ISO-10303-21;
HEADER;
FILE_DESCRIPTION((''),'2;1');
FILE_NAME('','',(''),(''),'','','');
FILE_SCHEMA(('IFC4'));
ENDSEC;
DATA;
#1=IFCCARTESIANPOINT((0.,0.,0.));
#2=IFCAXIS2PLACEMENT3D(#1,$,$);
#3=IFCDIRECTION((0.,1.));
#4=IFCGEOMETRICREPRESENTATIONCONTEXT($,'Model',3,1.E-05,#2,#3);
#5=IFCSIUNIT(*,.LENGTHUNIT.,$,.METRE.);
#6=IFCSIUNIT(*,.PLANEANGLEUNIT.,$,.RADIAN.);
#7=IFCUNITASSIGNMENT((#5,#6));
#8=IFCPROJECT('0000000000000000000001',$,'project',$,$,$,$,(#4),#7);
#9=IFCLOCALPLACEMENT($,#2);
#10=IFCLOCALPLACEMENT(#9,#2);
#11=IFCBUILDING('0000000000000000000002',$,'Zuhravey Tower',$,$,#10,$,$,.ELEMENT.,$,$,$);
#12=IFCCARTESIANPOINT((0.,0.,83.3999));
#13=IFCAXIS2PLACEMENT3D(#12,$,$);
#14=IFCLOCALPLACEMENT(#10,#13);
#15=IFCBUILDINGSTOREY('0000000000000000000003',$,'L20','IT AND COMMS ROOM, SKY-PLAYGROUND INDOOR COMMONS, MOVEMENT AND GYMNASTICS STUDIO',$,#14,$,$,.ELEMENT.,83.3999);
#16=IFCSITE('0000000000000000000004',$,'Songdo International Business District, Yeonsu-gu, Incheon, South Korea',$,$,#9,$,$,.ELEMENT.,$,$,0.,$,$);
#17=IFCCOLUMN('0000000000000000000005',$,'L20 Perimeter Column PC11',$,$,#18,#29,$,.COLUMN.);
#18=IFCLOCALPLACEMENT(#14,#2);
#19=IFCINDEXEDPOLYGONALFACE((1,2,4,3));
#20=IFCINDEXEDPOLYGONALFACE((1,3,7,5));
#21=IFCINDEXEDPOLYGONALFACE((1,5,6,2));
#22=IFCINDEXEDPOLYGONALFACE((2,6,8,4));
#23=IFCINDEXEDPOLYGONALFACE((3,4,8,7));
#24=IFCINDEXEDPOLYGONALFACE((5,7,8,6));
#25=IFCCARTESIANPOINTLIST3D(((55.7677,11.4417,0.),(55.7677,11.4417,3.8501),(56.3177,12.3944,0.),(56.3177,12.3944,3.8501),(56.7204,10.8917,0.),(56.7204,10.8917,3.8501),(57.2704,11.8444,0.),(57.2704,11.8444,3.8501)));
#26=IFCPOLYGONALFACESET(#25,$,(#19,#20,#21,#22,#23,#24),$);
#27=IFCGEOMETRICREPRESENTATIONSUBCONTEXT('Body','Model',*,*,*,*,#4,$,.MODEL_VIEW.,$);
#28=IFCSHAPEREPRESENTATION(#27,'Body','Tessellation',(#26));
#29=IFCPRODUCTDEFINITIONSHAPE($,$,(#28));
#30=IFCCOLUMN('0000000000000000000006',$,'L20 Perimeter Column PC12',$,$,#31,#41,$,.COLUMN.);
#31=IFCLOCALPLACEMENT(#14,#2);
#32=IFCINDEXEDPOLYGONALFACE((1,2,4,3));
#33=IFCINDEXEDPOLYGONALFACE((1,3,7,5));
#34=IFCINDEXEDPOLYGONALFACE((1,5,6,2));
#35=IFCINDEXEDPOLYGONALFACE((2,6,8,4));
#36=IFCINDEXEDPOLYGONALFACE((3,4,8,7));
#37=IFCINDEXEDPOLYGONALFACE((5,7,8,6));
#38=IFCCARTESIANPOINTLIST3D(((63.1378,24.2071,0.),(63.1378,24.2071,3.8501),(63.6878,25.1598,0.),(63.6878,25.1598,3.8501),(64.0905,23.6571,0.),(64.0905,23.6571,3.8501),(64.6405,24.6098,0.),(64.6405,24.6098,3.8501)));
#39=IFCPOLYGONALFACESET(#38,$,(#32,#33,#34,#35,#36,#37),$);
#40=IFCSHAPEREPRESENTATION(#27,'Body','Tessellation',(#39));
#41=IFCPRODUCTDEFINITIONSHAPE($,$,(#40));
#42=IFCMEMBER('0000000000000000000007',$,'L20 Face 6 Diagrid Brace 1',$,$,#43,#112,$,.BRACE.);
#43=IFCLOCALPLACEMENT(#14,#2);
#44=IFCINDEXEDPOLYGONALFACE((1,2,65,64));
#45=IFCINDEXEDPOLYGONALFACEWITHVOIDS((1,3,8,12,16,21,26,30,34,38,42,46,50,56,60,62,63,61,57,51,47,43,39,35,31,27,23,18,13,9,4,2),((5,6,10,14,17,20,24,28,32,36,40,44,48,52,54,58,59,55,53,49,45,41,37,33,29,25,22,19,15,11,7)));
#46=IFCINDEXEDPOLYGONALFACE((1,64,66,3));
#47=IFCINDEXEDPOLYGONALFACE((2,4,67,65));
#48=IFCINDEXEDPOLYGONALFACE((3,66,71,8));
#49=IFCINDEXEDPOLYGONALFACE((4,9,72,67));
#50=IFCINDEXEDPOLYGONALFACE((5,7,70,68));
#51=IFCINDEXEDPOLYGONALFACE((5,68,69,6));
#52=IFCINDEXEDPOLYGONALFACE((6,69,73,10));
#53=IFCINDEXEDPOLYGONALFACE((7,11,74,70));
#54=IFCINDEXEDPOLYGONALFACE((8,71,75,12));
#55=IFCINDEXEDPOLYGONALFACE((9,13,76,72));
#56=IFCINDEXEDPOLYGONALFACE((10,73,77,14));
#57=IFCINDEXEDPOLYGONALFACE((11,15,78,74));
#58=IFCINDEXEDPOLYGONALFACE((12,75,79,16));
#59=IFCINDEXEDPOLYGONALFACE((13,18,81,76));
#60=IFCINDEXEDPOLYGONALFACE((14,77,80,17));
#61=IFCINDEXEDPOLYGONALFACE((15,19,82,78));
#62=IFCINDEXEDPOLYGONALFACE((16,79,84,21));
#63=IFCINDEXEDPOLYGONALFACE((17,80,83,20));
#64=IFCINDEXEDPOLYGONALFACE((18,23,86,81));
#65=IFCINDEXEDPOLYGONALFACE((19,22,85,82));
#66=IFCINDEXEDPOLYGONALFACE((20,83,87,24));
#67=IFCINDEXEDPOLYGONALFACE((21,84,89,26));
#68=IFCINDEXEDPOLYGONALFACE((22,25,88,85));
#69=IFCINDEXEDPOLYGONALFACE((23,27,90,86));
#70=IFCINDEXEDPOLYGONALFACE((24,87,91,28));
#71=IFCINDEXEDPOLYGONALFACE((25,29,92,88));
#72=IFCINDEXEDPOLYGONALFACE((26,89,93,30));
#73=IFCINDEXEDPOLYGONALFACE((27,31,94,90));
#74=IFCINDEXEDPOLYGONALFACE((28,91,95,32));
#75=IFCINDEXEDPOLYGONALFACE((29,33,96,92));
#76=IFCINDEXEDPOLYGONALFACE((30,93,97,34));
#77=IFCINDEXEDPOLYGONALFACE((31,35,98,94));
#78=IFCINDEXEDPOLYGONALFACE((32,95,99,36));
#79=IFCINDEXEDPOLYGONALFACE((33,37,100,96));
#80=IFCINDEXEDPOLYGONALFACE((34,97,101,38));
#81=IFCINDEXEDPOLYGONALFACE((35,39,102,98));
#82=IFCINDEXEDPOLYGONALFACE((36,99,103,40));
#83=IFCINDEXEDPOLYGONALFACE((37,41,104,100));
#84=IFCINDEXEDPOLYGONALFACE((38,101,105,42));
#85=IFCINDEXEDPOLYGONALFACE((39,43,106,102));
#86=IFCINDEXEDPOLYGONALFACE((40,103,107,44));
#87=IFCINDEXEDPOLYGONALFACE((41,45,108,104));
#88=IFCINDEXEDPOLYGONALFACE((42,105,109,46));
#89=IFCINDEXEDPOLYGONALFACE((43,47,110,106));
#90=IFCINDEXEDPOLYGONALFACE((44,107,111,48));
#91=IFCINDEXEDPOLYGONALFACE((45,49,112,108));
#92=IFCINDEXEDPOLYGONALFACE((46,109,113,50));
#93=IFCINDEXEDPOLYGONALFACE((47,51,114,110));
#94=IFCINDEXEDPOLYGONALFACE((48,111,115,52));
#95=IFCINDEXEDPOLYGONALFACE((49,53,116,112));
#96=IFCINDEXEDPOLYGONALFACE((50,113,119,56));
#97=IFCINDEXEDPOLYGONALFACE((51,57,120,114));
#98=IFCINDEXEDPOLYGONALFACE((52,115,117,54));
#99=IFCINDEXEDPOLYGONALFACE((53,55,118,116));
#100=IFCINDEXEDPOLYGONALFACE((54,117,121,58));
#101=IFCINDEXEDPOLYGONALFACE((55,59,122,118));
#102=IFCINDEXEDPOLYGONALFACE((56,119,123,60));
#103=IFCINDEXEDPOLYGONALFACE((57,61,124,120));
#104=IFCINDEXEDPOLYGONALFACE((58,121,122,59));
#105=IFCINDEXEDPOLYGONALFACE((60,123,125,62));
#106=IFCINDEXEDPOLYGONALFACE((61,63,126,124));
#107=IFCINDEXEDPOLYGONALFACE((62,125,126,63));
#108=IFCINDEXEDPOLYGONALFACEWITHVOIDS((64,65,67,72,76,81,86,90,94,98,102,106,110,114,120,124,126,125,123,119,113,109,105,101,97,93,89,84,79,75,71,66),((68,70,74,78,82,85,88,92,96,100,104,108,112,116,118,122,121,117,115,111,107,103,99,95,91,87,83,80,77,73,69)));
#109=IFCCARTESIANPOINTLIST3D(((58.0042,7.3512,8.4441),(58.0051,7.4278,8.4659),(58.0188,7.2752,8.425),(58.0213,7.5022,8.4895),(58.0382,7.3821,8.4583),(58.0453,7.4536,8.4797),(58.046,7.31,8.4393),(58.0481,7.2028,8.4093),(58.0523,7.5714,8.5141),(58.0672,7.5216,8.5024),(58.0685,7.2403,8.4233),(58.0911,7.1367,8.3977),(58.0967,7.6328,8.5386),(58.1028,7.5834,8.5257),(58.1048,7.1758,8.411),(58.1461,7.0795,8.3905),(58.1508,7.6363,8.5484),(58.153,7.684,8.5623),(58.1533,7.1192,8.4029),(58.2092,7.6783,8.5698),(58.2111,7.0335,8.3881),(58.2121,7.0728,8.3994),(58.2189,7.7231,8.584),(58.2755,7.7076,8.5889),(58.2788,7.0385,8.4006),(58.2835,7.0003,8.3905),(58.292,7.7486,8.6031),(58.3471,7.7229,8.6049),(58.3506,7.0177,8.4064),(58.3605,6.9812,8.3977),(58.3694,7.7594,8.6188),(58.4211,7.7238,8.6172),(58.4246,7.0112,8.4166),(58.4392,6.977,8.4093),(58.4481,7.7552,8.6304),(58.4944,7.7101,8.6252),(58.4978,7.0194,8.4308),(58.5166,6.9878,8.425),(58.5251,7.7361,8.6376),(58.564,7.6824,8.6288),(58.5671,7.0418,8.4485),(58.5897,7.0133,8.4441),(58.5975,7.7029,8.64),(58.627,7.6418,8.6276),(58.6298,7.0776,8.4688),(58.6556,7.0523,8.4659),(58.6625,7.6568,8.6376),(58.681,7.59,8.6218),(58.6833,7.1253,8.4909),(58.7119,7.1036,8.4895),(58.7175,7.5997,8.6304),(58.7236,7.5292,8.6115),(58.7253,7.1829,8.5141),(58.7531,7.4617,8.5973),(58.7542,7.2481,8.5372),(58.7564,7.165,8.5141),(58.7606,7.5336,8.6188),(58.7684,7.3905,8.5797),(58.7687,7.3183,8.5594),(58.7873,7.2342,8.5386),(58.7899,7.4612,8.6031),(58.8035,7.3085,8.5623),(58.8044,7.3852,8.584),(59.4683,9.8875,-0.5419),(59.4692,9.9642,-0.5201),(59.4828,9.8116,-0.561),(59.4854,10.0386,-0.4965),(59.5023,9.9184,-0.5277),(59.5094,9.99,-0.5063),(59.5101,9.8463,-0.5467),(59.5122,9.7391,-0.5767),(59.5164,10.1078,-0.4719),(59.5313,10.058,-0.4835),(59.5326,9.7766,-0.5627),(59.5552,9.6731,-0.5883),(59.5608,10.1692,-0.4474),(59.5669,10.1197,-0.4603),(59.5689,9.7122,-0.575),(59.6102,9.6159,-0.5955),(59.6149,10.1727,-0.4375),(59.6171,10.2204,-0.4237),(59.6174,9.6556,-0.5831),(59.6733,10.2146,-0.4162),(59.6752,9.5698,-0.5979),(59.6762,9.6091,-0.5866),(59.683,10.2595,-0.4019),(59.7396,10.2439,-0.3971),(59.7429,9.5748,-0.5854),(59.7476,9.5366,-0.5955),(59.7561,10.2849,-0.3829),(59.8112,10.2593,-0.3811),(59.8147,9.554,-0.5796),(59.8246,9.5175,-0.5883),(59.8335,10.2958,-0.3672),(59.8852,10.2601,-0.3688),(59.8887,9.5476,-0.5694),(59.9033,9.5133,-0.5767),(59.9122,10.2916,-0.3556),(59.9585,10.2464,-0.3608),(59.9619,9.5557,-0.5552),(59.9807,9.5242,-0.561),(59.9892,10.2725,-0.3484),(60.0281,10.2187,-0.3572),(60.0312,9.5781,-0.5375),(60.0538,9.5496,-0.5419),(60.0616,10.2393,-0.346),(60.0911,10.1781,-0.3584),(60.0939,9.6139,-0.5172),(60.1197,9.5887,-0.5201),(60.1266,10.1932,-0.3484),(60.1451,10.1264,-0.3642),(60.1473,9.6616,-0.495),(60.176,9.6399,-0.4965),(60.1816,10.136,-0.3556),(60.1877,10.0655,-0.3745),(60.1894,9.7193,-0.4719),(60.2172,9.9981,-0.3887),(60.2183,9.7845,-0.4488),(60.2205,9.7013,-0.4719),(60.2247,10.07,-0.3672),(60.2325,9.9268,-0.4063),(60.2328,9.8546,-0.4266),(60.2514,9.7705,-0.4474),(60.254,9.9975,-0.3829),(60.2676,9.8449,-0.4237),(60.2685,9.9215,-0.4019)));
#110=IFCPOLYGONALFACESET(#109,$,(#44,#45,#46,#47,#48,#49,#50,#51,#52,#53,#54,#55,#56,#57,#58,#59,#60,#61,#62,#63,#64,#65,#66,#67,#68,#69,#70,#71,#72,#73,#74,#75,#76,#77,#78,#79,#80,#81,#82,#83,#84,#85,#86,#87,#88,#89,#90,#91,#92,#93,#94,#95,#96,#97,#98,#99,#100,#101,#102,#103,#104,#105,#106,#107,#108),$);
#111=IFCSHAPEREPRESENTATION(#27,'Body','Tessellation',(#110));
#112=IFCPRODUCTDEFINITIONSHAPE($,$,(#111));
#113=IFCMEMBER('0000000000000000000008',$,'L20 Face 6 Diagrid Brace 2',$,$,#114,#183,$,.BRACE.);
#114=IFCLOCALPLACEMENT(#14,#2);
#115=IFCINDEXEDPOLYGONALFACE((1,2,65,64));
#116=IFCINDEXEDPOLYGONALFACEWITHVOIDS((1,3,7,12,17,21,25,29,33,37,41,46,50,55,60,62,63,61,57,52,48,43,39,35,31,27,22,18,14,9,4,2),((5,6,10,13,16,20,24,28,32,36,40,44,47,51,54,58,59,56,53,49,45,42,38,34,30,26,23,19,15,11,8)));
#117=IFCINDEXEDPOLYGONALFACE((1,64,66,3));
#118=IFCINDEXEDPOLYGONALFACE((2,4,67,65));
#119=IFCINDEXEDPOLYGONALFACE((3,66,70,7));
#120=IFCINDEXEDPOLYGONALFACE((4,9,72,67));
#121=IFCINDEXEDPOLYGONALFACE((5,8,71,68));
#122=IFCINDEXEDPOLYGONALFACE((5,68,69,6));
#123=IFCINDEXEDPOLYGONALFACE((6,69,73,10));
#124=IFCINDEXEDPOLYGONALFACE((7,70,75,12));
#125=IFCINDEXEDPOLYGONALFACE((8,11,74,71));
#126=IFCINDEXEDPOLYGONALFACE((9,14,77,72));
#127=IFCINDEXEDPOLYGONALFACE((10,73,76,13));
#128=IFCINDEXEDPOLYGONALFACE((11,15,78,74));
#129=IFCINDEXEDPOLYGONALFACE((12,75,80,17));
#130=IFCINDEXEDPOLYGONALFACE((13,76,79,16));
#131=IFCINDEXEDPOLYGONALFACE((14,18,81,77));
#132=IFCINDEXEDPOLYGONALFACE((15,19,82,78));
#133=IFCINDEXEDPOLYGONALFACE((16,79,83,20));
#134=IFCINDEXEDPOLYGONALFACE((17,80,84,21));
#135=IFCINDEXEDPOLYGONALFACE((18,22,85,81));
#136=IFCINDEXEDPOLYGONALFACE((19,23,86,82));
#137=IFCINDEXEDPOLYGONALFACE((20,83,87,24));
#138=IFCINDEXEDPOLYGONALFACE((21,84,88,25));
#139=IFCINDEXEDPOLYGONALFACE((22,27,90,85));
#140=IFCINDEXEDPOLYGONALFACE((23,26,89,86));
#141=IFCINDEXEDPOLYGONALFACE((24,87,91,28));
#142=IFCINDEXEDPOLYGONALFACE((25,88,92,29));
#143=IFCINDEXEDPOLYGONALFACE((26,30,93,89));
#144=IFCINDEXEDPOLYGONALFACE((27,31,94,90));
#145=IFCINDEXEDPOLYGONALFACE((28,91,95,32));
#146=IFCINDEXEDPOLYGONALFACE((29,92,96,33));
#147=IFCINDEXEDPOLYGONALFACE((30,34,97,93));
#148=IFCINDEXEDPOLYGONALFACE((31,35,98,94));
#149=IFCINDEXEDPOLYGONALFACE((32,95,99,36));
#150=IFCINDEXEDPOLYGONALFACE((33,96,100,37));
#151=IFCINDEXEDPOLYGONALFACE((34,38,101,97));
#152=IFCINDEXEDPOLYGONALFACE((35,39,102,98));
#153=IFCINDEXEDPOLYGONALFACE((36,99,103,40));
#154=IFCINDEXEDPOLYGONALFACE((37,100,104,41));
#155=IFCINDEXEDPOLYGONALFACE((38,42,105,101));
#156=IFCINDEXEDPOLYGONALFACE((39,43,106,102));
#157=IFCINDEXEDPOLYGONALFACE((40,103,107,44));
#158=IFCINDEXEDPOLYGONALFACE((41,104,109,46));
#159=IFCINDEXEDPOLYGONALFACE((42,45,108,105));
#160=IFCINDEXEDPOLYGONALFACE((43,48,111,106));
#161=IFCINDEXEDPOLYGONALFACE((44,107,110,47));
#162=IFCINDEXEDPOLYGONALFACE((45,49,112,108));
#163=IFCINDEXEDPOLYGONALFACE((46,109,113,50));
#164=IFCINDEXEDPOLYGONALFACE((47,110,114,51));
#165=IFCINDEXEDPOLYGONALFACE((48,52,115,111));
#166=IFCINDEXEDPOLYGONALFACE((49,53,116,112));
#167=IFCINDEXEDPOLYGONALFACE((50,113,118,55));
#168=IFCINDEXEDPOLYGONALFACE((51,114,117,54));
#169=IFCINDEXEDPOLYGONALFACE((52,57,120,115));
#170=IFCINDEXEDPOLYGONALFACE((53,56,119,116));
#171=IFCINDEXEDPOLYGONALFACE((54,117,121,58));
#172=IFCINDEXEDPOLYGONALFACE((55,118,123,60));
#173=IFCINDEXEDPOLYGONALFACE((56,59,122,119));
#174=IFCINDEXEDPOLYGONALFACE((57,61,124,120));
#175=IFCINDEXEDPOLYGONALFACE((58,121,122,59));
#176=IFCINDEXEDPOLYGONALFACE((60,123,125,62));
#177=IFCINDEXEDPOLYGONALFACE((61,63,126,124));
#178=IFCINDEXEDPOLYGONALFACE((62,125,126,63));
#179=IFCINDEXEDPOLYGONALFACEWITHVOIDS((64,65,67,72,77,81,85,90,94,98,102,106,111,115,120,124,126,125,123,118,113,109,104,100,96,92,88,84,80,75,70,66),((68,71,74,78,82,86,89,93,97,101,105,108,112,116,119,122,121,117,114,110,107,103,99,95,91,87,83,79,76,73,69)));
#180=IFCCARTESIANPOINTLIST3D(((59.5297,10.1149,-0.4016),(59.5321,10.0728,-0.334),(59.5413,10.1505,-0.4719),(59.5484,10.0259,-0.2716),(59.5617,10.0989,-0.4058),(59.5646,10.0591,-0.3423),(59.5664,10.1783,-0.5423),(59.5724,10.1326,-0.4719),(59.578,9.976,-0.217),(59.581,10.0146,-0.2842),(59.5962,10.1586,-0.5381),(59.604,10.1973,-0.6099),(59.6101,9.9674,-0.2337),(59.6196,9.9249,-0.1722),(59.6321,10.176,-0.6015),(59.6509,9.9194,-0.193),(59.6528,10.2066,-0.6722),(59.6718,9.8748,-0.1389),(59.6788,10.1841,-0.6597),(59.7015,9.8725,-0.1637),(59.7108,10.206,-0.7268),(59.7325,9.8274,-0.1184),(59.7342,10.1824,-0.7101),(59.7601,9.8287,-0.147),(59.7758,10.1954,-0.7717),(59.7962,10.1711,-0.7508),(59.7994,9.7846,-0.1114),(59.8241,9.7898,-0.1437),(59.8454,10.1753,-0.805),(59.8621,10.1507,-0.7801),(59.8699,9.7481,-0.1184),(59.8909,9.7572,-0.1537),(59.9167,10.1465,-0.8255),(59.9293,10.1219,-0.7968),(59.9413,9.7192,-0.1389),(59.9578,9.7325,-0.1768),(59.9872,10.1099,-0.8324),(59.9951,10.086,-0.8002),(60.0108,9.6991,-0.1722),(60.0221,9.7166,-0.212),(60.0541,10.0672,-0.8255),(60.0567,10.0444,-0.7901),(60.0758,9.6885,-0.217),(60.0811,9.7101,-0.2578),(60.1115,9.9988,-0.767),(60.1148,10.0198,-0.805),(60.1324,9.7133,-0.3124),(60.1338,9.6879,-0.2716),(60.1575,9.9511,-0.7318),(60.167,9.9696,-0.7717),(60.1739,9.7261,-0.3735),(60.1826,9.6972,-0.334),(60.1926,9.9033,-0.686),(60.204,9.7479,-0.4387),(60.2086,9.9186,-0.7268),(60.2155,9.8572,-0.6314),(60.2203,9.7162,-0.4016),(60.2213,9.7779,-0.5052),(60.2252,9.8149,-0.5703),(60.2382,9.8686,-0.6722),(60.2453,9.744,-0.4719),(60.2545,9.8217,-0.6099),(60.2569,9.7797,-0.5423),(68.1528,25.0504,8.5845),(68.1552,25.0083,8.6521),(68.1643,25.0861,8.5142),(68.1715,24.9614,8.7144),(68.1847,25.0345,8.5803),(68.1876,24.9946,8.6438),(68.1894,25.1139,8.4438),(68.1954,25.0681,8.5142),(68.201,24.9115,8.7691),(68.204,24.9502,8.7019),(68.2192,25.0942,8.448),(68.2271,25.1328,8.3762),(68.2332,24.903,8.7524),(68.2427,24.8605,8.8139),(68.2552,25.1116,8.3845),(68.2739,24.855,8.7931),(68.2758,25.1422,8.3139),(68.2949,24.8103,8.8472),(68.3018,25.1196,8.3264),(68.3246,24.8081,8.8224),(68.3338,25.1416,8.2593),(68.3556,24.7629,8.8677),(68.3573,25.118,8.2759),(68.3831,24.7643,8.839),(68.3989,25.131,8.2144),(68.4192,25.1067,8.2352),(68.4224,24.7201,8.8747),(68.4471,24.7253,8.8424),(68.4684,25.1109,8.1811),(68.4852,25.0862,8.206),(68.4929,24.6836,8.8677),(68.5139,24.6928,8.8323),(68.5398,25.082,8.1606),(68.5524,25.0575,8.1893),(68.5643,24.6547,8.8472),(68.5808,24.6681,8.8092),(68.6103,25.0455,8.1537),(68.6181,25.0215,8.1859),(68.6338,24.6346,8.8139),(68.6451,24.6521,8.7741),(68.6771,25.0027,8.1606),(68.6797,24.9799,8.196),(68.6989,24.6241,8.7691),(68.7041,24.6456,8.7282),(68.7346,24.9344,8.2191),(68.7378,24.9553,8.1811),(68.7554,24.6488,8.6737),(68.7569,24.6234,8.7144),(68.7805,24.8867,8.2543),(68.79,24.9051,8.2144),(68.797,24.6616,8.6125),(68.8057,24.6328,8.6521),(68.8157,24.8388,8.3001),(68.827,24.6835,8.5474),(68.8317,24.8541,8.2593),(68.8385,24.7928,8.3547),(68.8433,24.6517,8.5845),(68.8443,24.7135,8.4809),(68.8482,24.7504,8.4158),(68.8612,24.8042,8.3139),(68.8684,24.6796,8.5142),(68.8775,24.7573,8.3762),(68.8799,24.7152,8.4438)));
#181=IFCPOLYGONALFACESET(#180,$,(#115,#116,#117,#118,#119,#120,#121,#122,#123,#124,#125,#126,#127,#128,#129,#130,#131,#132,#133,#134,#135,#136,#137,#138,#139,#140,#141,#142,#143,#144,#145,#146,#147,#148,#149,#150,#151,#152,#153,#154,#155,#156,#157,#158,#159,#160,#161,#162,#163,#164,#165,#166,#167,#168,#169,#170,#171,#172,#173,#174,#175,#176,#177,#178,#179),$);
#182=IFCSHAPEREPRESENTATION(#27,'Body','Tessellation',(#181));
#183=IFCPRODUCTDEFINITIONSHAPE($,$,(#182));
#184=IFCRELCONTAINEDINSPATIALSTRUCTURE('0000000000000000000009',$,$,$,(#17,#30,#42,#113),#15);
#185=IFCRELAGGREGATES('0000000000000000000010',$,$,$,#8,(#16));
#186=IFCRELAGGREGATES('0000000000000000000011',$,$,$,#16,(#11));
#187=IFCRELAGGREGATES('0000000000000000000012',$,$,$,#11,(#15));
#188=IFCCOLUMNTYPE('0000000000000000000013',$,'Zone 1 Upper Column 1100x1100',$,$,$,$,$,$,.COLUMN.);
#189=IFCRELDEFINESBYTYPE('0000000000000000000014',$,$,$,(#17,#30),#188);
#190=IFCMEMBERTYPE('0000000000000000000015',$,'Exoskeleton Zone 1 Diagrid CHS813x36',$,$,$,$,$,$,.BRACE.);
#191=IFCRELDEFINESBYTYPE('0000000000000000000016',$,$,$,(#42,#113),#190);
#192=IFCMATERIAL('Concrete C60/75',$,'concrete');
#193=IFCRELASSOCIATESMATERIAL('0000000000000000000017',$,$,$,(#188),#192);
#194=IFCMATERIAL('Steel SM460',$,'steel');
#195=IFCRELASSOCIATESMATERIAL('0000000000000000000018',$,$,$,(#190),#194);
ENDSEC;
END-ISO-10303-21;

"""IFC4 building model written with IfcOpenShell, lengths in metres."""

from ifc_helpers import new_model, si_unit, direction, frame, origin, origin_2d, place, context, subcontext, project, spatial, rectangle, hollow_circle, extrude, material, material_profile, profile_set, type_object, element, save


model = new_model("IFC4")

# Units and contexts
model_context = context("Model", 3, precision=1e-05, world=origin(), true_north=direction((0.0, 1.0)))
body_context = subcontext(model_context, "Body", "Model", "MODEL_VIEW")
ifc_project = project(units=[si_unit("LENGTHUNIT", "METRE"), si_unit("PLANEANGLEUNIT", "RADIAN")], contexts=[model_context])

# Site, building, storey
site_placement = place(None, origin())
site = spatial("IfcSite", under=ifc_project, at=site_placement, Name="Songdo International Business District, Yeonsu-gu, Incheon, South Korea", CompositionType="ELEMENT", RefElevation=0.0)
building_placement = place(site_placement, origin())
building = spatial("IfcBuilding", under=site, at=building_placement, Name="Zuhravey Tower", CompositionType="ELEMENT")
storey_placement = place(building_placement, frame((0.0, 0.0, 83.3999)))
storey = spatial("IfcBuildingStorey", under=building, at=storey_placement, Name="L20", Description="IT AND COMMS ROOM, SKY-PLAYGROUND INDOOR COMMONS, MOVEMENT AND GYMNASTICS STUDIO", CompositionType="ELEMENT", Elevation=83.3999)

# Columns
ifc_material_1 = material(Name="Concrete C60/75", Category="concrete")
ifc_material_profile_1 = material_profile(ifc_material_1, rectangle(XDim=1.1001, YDim=1.1001, at=origin_2d()), Name="RC-1100x1100")
ifc_profile_set_1 = profile_set([ifc_material_profile_1], Name="Concrete C60/75")
column_type = type_object("IfcColumnType", Name="Zone 1 Upper Column 1100x1100", PredefinedType="COLUMN", material=ifc_profile_set_1)
for number, where, z_axis, x_axis, name in (
    (1, (56.519, 11.6431, 0.0), (0.0, 0.0, 1.0), (0.5, 0.866025, 0.0), "L20 Perimeter Column PC11"),
    (2, (63.8892, 24.4084, 0.0), (0.0, 0.0, 1.0), (0.5, 0.866025, 0.0), "L20 Perimeter Column PC12"),
):
    element("IfcColumn", number, at=place(storey_placement, frame(where, z_axis=z_axis, x_axis=x_axis)), inside=storey, type_object=column_type, Name=name, PredefinedType="COLUMN", context=body_context, shape_type="SweptSolid", body=[
        extrude(rectangle(XDim=1.1001, YDim=1.1001, at=origin_2d()), origin(), (0.0, 0.0, 1.0), 3.8501),
    ])

# Members
ifc_material_2 = material(Name="Steel SM460", Category="steel")
ifc_material_profile_2 = material_profile(ifc_material_2, hollow_circle(Radius=0.4065, WallThickness=0.0359, at=origin_2d()), Name="CHS-812.8x36")
ifc_profile_set_2 = profile_set([ifc_material_profile_2], Name="Steel SM460")
member_type_1 = type_object("IfcMemberType", Name="Exoskeleton Zone 1 Diagrid CHS813x36", PredefinedType="BRACE", material=ifc_profile_set_2)
member_1_placement = place(storey_placement, frame((59.8684, 9.9045, -0.4719), z_axis=(-0.154912, -0.268364, 0.95078), x_axis=(0.866065, -0.499932, 0.0)))
element("IfcMember", 3, at=member_1_placement, inside=storey, type_object=member_type_1, Name="L20 Face 6 Diagrid Brace 1", PredefinedType="BRACE", context=body_context, shape_type="SweptSolid", body=[
    extrude(hollow_circle(Radius=0.4065, WallThickness=0.0359, at=origin_2d()), origin(), (0.0, 0.0, 1.0), 9.4512),
])
member_2_placement = place(storey_placement, frame((59.8933, 9.9473, -0.4719), z_axis=(0.443418, 0.768022, 0.462086), x_axis=(-0.866025, 0.5, 0.0)))
element("IfcMember", 4, at=member_2_placement, inside=storey, type_object=member_type_1, Name="L20 Face 6 Diagrid Brace 2", PredefinedType="BRACE", context=body_context, shape_type="SweptSolid", body=[
    extrude(hollow_circle(Radius=0.4065, WallThickness=0.0359, at=origin_2d()), origin(), (0.0, 0.0, 1.0), 19.4468),
])

save(model, "model.ifc")
